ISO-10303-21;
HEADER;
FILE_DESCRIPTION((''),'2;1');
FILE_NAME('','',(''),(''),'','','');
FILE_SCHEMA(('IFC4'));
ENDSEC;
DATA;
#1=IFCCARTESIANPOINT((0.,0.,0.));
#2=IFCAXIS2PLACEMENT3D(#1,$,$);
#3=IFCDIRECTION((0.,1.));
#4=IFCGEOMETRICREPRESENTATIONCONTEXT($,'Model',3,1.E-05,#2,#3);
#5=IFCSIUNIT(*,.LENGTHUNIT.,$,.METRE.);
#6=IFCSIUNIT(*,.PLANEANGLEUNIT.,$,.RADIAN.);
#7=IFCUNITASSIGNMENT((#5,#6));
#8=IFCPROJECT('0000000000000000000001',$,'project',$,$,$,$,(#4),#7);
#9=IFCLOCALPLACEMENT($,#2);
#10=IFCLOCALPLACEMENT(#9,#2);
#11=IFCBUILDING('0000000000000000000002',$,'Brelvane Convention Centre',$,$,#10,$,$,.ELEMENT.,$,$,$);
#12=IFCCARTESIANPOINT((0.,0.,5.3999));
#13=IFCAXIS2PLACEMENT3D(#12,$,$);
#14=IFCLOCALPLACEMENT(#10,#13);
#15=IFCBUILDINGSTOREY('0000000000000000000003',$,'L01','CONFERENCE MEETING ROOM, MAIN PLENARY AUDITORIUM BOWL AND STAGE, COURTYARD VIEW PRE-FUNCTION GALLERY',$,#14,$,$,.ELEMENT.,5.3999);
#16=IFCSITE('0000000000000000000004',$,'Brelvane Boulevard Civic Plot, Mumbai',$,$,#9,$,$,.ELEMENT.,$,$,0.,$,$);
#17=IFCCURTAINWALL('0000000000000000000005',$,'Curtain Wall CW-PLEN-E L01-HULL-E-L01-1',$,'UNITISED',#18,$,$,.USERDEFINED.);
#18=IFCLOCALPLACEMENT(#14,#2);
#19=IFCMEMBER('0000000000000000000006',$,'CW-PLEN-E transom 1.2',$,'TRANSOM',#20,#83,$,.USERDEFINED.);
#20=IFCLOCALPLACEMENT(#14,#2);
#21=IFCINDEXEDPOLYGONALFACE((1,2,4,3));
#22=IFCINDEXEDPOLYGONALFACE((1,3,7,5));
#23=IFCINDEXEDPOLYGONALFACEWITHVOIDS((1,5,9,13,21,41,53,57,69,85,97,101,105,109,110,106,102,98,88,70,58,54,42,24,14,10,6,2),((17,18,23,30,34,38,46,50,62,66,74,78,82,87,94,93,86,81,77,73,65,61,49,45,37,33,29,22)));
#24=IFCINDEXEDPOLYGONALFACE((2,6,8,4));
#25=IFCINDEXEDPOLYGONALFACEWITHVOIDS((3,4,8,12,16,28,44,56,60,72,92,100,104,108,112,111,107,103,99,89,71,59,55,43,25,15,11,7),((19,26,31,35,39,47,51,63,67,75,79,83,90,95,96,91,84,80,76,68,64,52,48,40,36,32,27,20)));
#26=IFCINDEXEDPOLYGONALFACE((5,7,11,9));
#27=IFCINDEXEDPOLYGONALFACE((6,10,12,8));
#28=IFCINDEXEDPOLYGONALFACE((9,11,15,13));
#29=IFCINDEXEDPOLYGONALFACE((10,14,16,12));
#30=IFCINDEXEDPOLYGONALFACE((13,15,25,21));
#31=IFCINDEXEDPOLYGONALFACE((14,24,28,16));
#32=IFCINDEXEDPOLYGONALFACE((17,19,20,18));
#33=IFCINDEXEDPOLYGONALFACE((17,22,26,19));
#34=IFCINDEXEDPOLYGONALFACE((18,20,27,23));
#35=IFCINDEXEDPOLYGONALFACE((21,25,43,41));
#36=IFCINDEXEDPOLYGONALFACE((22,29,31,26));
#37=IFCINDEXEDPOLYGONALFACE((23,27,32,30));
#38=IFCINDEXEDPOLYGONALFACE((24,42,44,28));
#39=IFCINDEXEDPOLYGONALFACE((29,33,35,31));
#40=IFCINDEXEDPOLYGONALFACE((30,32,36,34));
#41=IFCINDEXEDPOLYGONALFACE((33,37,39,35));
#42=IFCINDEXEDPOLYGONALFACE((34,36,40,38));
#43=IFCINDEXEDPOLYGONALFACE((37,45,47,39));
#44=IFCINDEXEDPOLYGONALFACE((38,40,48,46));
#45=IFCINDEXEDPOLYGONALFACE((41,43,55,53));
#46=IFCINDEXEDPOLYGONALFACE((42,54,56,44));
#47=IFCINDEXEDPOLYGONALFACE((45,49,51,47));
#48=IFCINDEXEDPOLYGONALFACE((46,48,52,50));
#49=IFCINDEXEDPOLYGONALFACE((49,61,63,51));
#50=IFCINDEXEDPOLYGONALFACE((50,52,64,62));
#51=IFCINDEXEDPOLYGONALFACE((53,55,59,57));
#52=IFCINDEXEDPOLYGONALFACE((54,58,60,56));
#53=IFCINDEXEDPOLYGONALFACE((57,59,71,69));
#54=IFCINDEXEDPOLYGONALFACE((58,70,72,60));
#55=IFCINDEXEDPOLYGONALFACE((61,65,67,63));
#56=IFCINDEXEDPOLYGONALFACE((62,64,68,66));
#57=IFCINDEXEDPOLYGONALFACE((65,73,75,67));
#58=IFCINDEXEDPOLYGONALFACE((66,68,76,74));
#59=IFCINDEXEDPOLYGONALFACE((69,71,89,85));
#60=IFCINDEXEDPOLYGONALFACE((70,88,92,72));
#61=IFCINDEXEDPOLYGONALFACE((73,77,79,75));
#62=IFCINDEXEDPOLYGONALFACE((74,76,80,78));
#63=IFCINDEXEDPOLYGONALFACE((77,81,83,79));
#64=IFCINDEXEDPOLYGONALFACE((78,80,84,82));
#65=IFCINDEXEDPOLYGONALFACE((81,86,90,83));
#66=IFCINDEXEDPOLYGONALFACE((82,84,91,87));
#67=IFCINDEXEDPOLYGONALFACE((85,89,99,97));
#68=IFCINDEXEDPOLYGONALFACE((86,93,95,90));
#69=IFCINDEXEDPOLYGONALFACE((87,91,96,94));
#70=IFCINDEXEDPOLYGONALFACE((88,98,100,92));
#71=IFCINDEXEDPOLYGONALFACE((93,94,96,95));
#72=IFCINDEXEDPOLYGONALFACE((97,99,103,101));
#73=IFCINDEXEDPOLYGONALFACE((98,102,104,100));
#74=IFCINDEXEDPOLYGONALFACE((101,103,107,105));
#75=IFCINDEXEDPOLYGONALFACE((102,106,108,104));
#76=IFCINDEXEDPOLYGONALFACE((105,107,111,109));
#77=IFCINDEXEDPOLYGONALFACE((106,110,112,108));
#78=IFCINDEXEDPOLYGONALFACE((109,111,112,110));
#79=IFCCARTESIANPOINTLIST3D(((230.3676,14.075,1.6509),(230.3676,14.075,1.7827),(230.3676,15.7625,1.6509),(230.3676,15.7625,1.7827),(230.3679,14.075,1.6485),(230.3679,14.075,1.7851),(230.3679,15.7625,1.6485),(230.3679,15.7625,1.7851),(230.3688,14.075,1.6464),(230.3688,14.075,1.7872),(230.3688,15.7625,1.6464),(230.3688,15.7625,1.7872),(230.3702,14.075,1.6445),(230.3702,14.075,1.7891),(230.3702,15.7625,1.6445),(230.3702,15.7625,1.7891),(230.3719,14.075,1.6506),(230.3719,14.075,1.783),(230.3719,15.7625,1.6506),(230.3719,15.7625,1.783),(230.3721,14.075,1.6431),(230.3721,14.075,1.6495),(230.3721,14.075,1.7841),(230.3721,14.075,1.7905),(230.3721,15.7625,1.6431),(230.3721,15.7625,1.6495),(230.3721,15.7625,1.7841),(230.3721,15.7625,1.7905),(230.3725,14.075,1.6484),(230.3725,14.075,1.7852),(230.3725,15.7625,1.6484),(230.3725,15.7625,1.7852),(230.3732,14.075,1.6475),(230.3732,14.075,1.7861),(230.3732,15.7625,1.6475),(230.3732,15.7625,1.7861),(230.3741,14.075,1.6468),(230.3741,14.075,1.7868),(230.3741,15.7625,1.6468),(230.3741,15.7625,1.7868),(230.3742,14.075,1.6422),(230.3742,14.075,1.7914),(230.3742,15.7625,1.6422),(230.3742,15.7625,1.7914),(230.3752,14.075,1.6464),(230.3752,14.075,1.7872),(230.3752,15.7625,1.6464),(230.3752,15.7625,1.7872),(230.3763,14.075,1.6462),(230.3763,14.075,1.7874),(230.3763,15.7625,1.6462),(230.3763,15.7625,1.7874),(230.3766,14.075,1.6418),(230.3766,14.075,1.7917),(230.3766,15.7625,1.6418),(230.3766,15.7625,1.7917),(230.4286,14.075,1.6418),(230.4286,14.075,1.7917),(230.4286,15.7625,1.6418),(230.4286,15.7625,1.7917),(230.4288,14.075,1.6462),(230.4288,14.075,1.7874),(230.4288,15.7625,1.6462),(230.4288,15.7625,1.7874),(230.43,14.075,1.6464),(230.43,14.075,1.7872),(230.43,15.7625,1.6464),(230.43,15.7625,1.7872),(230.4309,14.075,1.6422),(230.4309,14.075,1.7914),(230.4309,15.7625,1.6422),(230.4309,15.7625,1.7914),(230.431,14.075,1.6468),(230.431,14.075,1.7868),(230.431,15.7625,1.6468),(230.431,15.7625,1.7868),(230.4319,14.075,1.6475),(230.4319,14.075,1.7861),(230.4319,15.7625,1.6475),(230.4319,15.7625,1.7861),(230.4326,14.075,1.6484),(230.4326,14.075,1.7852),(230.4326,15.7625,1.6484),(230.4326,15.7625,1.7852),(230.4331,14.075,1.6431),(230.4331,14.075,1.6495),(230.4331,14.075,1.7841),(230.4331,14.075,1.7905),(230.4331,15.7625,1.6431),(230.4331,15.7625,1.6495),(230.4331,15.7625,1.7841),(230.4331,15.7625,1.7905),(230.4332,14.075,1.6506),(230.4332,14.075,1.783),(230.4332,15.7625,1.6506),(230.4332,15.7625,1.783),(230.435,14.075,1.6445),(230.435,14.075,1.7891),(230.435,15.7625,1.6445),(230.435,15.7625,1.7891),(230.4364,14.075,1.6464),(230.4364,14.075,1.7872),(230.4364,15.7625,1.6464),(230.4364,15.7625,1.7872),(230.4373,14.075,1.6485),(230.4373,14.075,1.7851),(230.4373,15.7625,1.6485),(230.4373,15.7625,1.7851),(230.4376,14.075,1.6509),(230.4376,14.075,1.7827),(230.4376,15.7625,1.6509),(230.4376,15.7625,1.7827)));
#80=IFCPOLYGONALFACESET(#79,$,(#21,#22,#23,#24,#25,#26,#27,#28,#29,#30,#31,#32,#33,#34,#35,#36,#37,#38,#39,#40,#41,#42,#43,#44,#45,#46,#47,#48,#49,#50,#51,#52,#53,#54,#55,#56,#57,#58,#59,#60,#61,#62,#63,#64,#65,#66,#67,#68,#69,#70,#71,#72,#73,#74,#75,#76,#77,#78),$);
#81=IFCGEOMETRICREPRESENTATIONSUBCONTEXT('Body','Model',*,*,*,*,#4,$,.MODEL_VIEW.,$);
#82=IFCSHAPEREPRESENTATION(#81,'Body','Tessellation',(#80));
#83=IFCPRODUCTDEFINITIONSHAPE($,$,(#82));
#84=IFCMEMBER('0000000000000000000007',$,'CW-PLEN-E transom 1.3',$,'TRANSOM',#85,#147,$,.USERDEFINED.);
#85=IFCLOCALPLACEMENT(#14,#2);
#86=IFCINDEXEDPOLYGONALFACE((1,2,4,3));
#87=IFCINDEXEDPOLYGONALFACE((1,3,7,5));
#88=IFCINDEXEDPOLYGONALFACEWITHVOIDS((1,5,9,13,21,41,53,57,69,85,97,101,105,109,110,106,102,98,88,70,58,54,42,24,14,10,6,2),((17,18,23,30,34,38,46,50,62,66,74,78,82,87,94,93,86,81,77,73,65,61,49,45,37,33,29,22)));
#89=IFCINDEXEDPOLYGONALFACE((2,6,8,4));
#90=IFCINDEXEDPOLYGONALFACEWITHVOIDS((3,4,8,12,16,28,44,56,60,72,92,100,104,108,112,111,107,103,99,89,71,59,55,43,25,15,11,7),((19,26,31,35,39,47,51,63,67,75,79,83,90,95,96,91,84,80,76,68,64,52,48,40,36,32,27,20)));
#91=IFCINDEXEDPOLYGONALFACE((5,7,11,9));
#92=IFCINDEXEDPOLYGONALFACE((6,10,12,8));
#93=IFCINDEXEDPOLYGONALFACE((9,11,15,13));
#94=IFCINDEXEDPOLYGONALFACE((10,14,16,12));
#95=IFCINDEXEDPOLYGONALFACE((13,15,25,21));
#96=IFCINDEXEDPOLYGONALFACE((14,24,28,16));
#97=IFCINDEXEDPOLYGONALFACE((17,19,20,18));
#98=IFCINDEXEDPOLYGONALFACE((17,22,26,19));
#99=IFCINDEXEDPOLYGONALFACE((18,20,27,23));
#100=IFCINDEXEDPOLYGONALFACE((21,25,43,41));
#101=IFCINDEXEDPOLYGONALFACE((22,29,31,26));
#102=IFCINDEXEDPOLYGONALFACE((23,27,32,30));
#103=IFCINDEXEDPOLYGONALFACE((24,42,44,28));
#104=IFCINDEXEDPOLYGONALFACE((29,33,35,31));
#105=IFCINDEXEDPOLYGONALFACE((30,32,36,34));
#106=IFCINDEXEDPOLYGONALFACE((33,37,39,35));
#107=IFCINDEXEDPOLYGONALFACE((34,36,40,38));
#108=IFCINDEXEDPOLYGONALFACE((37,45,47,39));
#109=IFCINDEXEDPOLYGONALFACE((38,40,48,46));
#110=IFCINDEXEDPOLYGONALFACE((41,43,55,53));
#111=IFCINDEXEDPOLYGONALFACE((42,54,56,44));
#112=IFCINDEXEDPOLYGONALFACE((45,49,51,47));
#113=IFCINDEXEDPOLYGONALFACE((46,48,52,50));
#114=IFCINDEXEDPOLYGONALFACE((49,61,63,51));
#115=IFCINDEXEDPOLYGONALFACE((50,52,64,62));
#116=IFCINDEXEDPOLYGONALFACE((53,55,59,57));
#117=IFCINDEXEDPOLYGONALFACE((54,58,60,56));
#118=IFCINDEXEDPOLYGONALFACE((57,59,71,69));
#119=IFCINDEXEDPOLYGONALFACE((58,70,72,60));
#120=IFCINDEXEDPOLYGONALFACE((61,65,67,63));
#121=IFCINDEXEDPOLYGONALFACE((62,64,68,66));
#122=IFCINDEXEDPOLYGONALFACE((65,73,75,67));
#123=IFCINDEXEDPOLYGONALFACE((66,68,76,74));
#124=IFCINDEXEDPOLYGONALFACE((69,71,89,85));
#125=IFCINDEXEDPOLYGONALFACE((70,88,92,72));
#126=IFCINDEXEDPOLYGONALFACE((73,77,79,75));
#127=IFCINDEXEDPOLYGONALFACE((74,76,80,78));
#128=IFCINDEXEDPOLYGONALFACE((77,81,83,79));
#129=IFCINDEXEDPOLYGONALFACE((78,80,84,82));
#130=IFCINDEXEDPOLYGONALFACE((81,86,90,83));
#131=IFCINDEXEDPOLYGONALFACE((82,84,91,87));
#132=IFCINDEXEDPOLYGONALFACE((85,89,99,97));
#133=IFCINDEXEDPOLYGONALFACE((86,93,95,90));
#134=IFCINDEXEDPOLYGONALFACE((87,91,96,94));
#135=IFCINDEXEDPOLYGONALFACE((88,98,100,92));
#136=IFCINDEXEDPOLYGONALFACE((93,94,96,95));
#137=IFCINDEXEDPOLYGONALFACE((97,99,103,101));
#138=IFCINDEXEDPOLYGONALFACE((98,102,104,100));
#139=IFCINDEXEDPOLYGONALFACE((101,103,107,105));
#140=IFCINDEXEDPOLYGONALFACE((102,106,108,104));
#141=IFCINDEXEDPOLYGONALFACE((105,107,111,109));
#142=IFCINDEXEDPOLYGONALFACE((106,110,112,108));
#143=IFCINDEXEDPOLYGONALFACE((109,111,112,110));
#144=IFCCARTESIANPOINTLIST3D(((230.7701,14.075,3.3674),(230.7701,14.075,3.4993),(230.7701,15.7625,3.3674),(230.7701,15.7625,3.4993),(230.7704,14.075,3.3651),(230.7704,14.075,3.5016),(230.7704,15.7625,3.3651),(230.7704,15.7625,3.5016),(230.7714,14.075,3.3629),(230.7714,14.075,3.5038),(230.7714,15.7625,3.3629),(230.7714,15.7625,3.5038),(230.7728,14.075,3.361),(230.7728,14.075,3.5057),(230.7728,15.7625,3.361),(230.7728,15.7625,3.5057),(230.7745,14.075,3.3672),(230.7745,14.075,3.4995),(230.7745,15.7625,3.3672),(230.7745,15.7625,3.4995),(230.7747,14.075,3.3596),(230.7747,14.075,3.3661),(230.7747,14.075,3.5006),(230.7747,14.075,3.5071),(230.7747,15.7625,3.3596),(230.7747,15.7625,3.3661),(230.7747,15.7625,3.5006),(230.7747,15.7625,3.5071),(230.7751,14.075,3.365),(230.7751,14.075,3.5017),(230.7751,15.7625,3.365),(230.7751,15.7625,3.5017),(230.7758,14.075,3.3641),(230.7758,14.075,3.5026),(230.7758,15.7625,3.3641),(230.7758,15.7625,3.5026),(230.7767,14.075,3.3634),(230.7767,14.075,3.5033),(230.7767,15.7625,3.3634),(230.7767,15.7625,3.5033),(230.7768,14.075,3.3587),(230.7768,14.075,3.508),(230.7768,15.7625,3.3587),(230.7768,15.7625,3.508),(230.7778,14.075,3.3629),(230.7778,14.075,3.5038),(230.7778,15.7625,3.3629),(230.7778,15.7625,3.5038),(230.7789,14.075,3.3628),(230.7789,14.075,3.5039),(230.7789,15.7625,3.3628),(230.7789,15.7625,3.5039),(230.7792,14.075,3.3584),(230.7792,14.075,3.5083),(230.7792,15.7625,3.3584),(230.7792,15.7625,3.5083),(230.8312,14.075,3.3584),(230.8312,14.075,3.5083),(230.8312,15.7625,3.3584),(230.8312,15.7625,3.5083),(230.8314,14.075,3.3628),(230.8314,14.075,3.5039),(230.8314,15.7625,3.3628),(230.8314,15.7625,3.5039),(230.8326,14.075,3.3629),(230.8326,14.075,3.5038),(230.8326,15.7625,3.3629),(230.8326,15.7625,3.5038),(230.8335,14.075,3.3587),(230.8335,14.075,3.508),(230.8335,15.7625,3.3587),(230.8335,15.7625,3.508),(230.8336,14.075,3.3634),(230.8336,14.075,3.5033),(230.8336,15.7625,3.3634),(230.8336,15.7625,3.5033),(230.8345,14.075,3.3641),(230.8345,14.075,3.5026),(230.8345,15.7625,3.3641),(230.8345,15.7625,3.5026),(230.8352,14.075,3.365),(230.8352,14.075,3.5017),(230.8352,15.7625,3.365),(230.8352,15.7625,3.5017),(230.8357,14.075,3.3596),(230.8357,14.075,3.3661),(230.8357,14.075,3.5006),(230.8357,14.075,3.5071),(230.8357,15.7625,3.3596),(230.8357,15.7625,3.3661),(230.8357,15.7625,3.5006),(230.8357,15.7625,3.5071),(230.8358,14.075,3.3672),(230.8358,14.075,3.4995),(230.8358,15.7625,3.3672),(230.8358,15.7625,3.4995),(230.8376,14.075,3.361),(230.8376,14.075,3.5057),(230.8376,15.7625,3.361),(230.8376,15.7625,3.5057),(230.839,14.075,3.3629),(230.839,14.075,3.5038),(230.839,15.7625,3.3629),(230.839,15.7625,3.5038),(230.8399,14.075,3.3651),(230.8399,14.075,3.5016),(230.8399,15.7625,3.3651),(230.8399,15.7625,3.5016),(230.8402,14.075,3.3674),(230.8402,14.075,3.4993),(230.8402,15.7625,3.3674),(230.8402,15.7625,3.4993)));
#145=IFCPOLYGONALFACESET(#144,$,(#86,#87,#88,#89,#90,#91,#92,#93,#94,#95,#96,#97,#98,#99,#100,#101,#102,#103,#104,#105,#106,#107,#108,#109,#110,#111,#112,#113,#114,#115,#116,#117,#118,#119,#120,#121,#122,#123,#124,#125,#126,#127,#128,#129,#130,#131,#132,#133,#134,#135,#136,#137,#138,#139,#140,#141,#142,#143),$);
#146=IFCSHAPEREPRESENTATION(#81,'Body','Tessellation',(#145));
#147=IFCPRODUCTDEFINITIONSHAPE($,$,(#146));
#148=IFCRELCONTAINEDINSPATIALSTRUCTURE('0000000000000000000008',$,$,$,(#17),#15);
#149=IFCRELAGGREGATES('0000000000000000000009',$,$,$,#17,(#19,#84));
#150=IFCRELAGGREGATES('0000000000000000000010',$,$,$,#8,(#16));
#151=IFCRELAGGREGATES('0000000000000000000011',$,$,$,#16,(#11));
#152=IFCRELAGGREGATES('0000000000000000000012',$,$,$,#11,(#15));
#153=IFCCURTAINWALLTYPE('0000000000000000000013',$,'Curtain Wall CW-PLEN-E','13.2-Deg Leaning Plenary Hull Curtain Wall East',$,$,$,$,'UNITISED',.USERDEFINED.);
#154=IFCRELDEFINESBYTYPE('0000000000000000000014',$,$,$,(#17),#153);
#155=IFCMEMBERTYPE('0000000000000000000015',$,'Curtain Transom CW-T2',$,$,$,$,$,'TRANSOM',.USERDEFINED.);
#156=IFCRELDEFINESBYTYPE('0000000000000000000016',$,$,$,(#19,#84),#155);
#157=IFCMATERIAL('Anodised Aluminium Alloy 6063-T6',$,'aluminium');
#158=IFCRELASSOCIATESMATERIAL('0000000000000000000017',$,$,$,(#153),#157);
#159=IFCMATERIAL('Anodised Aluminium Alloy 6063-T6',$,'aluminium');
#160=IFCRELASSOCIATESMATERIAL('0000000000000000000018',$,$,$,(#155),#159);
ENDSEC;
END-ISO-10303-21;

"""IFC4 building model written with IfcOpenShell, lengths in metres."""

from ifc_helpers import new_model, si_unit, direction, frame, origin, origin_2d, place, context, subcontext, project, spatial, hollow_rectangle, extrude, material, material_profile, profile_set, type_object, element, aggregate, save


model = new_model("IFC4")

# Units and contexts
model_context = context("Model", 3, precision=1e-05, world=origin(), true_north=direction((0.0, 1.0)))
body_context = subcontext(model_context, "Body", "Model", "MODEL_VIEW")
ifc_project = project(units=[si_unit("LENGTHUNIT", "METRE"), si_unit("PLANEANGLEUNIT", "RADIAN")], contexts=[model_context])

# Site, building, storey
site_placement = place(None, origin())
site = spatial("IfcSite", under=ifc_project, at=site_placement, Name="Brelvane Boulevard Civic Plot, Mumbai", CompositionType="ELEMENT", RefElevation=0.0)
building_placement = place(site_placement, origin())
building = spatial("IfcBuilding", under=site, at=building_placement, Name="Brelvane Convention Centre", CompositionType="ELEMENT")
storey_placement = place(building_placement, frame((0.0, 0.0, 5.3999)))
storey = spatial("IfcBuildingStorey", under=building, at=storey_placement, Name="L01", Description="CONFERENCE MEETING ROOM, MAIN PLENARY AUDITORIUM BOWL AND STAGE, COURTYARD VIEW PRE-FUNCTION GALLERY", CompositionType="ELEMENT", Elevation=5.3999)

# Curtain wall, members
ifc_material_1 = material(Name="Anodised Aluminium Alloy 6063-T6", Category="aluminium")
curtain_wall_type = type_object("IfcCurtainWallType", Name="Curtain Wall CW-PLEN-E", Description="13.2-Deg Leaning Plenary Hull Curtain Wall East", ElementType="UNITISED", PredefinedType="USERDEFINED", material=ifc_material_1)
curtain_wall_placement = place(storey_placement, origin())
curtain_wall = element("IfcCurtainWall", 1, at=curtain_wall_placement, inside=storey, type_object=curtain_wall_type, Name="Curtain Wall CW-PLEN-E L01-HULL-E-L01-1", ObjectType="UNITISED", PredefinedType="USERDEFINED")
ifc_material_2 = material(Name="Anodised Aluminium Alloy 6063-T6", Category="aluminium")
ifc_material_profile_1 = material_profile(ifc_material_2, hollow_rectangle(XDim=0.0701, YDim=0.1499, WallThickness=0.0044, InnerFilletRadius=0.0044, OuterFilletRadius=0.009, at=origin_2d()), Name="ALU-T 150x70x4.5")
ifc_profile_set_1 = profile_set([ifc_material_profile_1], Name="Anodised Aluminium Alloy 6063-T6")
member_type_1 = type_object("IfcMemberType", Name="Curtain Transom CW-T2", ElementType="TRANSOM", PredefinedType="USERDEFINED", material=ifc_profile_set_1)
member_1_placement = place(storey_placement, frame((230.4026, 14.075, 1.7168), z_axis=(0.0, 1.0, 0.0), x_axis=(-1.0, 0.0, 0.0)))
member_1 = element("IfcMember", 2, at=member_1_placement, type_object=member_type_1, Name="CW-PLEN-E transom 1.2", ObjectType="TRANSOM", PredefinedType="USERDEFINED", context=body_context, shape_type="SweptSolid", body=[
    extrude(hollow_rectangle(XDim=0.0701, YDim=0.1499, WallThickness=0.0044, InnerFilletRadius=0.0044, OuterFilletRadius=0.009, at=origin_2d()), origin(), (0.0, 0.0, 1.0), 1.6875),
])
member_2_placement = place(storey_placement, frame((230.8052, 14.075, 3.4333), z_axis=(0.0, 1.0, 0.0), x_axis=(-1.0, 0.0, 0.0)))
member_2 = element("IfcMember", 3, at=member_2_placement, type_object=member_type_1, Name="CW-PLEN-E transom 1.3", ObjectType="TRANSOM", PredefinedType="USERDEFINED", context=body_context, shape_type="SweptSolid", body=[
    extrude(hollow_rectangle(XDim=0.0701, YDim=0.1499, WallThickness=0.0044, InnerFilletRadius=0.0044, OuterFilletRadius=0.009, at=origin_2d()), origin(), (0.0, 0.0, 1.0), 1.6875),
])

aggregate(curtain_wall, [member_1, member_2])

save(model, "model.ifc")
